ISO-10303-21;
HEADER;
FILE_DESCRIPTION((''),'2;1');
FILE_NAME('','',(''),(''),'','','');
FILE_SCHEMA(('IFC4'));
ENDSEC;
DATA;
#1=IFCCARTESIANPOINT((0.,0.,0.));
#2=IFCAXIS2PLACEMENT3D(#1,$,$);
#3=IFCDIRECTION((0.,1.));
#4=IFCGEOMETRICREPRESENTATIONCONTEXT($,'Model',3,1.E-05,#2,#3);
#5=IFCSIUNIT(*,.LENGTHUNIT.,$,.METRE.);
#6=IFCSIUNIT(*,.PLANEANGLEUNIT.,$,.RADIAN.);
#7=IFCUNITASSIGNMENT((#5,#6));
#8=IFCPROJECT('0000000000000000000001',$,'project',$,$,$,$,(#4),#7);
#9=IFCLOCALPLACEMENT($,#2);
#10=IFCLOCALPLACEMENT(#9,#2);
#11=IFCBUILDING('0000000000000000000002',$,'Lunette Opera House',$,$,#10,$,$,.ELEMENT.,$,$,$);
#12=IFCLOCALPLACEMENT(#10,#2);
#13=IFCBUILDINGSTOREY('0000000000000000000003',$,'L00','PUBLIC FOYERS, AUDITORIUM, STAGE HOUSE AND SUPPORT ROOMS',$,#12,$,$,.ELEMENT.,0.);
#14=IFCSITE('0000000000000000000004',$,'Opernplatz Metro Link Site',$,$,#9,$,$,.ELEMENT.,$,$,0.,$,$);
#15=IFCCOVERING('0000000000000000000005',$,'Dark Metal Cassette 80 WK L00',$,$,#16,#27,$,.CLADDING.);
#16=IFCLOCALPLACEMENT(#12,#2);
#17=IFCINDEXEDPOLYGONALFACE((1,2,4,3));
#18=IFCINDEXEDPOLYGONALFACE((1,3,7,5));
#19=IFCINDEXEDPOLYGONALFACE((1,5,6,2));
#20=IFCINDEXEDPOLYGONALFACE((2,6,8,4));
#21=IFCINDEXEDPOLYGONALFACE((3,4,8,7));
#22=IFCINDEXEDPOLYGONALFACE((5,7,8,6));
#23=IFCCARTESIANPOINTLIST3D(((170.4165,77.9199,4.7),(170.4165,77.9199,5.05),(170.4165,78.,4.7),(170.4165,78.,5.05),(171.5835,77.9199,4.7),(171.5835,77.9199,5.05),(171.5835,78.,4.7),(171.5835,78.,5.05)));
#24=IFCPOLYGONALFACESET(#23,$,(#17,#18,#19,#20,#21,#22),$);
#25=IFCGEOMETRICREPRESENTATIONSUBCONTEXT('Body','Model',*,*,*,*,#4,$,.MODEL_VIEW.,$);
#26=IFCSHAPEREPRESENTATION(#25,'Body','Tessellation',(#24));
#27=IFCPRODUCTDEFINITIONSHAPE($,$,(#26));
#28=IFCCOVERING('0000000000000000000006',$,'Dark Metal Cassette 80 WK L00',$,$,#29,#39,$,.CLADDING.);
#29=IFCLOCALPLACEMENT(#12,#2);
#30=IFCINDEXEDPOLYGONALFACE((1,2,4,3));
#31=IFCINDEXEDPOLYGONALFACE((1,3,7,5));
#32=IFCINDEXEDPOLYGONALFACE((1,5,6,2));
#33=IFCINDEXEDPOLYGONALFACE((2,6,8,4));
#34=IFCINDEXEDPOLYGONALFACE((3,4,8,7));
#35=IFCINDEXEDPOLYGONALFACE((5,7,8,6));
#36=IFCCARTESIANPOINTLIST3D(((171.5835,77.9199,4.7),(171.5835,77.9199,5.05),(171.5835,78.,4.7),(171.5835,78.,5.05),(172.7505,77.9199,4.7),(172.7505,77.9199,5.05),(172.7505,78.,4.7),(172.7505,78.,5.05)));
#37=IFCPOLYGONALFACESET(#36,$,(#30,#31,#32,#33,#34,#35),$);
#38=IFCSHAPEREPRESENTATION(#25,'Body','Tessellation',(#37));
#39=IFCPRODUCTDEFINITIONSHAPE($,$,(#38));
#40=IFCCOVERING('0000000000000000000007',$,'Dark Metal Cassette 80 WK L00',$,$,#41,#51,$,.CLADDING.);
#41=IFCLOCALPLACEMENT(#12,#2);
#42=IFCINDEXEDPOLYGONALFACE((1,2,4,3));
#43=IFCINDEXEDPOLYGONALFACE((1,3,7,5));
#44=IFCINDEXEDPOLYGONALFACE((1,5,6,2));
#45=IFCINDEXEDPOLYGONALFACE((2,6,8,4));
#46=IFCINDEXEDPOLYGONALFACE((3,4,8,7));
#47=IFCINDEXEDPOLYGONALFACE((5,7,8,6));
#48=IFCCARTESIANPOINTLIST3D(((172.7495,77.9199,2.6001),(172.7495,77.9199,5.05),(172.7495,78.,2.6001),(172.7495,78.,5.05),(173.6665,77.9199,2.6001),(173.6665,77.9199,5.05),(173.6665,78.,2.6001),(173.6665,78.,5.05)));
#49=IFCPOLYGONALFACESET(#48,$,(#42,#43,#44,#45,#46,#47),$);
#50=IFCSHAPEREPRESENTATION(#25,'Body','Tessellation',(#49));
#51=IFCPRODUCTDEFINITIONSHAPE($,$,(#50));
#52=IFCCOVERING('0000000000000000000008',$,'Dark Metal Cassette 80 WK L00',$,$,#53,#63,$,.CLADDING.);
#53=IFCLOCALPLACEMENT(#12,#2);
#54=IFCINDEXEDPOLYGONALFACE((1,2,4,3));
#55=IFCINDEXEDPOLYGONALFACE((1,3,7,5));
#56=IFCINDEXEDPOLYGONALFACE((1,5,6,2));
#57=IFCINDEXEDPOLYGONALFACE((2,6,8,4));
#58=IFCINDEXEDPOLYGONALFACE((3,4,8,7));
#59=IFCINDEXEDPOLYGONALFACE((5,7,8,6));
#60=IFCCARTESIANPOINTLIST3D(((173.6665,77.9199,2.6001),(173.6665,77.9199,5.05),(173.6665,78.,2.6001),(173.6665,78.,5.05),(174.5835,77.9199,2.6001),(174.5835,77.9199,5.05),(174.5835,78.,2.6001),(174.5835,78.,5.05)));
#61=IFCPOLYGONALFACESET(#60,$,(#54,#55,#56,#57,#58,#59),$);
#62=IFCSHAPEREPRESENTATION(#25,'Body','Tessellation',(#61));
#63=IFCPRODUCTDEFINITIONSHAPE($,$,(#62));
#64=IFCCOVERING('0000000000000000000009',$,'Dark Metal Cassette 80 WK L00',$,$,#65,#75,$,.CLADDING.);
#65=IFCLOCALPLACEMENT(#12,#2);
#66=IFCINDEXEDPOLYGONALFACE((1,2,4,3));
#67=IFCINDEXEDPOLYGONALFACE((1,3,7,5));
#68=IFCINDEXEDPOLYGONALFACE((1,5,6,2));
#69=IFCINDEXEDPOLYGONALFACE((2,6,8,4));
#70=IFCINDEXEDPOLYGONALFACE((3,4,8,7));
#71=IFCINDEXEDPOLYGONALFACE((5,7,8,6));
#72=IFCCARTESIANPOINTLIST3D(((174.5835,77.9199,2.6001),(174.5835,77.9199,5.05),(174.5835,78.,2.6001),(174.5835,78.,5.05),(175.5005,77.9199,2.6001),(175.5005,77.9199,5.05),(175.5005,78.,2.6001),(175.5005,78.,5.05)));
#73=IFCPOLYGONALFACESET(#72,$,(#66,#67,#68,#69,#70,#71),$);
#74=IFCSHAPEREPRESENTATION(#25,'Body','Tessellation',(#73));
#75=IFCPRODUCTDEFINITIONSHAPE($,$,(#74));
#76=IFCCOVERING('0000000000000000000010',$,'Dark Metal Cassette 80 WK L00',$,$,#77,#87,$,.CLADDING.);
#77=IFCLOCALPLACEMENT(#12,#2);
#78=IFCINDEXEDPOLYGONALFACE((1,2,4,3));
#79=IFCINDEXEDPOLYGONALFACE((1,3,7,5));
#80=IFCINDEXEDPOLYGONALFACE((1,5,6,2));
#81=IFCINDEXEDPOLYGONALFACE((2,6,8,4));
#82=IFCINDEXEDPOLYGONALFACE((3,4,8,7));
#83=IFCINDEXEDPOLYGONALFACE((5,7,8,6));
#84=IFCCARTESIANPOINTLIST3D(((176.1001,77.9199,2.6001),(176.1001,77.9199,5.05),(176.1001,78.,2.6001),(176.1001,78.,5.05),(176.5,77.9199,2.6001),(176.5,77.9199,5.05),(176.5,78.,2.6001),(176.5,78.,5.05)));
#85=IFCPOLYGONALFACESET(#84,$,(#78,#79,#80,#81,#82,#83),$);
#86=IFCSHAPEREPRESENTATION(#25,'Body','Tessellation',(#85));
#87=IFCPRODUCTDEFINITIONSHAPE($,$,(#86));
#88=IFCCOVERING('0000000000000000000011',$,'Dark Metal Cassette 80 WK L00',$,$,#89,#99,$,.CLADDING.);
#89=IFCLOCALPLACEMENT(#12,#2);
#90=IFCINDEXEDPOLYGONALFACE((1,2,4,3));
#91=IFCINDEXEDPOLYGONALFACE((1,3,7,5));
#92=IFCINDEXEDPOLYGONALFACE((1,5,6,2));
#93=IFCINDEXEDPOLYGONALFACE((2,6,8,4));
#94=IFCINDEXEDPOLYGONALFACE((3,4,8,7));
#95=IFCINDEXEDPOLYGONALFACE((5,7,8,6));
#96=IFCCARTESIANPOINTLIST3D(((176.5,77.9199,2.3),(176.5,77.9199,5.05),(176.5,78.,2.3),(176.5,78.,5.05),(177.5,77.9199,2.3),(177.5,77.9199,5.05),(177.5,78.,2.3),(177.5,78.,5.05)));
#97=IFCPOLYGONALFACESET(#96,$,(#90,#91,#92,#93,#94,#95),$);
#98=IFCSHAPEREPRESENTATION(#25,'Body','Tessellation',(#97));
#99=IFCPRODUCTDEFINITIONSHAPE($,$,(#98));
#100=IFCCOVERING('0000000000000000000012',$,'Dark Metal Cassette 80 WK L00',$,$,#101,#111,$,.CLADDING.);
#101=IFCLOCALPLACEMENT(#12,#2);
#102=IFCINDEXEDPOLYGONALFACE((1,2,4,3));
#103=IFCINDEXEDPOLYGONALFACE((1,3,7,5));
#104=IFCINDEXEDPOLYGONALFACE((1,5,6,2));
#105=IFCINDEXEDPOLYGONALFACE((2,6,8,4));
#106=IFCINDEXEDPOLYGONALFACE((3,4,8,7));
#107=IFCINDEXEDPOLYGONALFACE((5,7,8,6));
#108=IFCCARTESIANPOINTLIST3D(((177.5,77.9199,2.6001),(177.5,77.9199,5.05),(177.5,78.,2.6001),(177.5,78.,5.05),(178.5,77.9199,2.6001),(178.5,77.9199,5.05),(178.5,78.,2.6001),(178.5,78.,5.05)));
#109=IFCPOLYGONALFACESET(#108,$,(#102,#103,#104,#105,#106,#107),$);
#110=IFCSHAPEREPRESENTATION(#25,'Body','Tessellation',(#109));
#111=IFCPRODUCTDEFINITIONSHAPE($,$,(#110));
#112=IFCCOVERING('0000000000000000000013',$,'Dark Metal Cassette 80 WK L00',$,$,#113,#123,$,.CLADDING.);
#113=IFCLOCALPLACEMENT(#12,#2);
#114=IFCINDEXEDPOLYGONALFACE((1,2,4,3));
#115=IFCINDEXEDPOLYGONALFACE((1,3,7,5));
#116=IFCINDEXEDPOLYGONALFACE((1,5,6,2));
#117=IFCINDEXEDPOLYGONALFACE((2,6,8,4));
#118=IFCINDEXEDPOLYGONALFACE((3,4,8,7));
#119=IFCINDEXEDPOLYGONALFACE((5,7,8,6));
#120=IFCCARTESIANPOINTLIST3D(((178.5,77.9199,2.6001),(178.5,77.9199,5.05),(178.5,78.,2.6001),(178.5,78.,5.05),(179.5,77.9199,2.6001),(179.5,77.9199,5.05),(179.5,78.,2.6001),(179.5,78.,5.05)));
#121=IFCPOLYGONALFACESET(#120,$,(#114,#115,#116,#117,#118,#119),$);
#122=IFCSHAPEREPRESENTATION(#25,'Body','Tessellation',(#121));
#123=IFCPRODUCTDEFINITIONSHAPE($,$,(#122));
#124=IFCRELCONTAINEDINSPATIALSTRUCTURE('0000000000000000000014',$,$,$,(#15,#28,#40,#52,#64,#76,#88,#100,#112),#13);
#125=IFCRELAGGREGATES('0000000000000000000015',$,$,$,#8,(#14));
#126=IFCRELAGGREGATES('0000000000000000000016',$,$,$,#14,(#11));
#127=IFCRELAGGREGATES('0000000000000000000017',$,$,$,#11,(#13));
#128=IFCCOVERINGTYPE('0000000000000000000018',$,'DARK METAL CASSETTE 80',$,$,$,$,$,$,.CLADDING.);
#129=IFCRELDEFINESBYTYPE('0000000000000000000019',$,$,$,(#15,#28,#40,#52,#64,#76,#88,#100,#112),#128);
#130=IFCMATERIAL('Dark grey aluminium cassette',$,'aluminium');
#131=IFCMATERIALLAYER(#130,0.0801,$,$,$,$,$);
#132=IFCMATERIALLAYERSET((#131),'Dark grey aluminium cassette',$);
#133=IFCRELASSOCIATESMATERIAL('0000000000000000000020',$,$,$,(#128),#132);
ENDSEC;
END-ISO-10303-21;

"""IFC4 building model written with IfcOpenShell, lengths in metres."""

from ifc_helpers import new_model, si_unit, direction, frame, origin, origin_2d, place, context, subcontext, project, spatial, rectangle, extrude, material, layer, layer_set, type_object, element, save


model = new_model("IFC4")

# Units and contexts
model_context = context("Model", 3, precision=1e-05, world=origin(), true_north=direction((0.0, 1.0)))
body_context = subcontext(model_context, "Body", "Model", "MODEL_VIEW")
ifc_project = project(units=[si_unit("LENGTHUNIT", "METRE"), si_unit("PLANEANGLEUNIT", "RADIAN")], contexts=[model_context])

# Site, building, storey
site_placement = place(None, origin())
site = spatial("IfcSite", under=ifc_project, at=site_placement, Name="Opernplatz Metro Link Site", CompositionType="ELEMENT", RefElevation=0.0)
building_placement = place(site_placement, origin())
building = spatial("IfcBuilding", under=site, at=building_placement, Name="Lunette Opera House", CompositionType="ELEMENT")
storey_placement = place(building_placement, origin())
storey = spatial("IfcBuildingStorey", under=building, at=storey_placement, Name="L00", Description="PUBLIC FOYERS, AUDITORIUM, STAGE HOUSE AND SUPPORT ROOMS", CompositionType="ELEMENT", Elevation=0.0)

# Coverings
ifc_material_1 = material(Name="Dark grey aluminium cassette", Category="aluminium")
ifc_layer_1 = layer(ifc_material_1, 0.0801)
ifc_layer_set_1 = layer_set([ifc_layer_1], Name="Dark grey aluminium cassette")
covering_type_1 = type_object("IfcCoveringType", Name="DARK METAL CASSETTE 80", PredefinedType="CLADDING", material=ifc_layer_set_1)
for number, where, z_axis, x_axis, name in (
    (1, (171.0, 77.96, 4.7), (0.0, 0.0, 1.0), (1.0, 0.0, 0.0), "Dark Metal Cassette 80 WK L00"),
    (2, (172.167, 77.96, 4.7), (0.0, 0.0, 1.0), (1.0, 0.0, 0.0), "Dark Metal Cassette 80 WK L00"),
):
    element("IfcCovering", number, at=place(storey_placement, frame(where, z_axis=z_axis, x_axis=x_axis)), inside=storey, type_object=covering_type_1, Name=name, PredefinedType="CLADDING", context=body_context, shape_type="SweptSolid", body=[
        extrude(rectangle(XDim=1.167, YDim=0.0801, at=origin_2d()), origin(), (0.0, 0.0, 1.0), 0.3501),
    ])
for number, where, z_axis, x_axis, name in (
    (3, (173.208, 77.96, 2.6001), (0.0, 0.0, 1.0), (1.0, 0.0, 0.0), "Dark Metal Cassette 80 WK L00"),
    (4, (174.125, 77.96, 2.6001), (0.0, 0.0, 1.0), (1.0, 0.0, 0.0), "Dark Metal Cassette 80 WK L00"),
    (5, (175.042, 77.96, 2.6001), (0.0, 0.0, 1.0), (1.0, 0.0, 0.0), "Dark Metal Cassette 80 WK L00"),
):
    element("IfcCovering", number, at=place(storey_placement, frame(where, z_axis=z_axis, x_axis=x_axis)), inside=storey, type_object=covering_type_1, Name=name, PredefinedType="CLADDING", context=body_context, shape_type="SweptSolid", body=[
        extrude(rectangle(XDim=0.917, YDim=0.0801, at=origin_2d()), origin(), (0.0, 0.0, 1.0), 2.45),
    ])
covering_1_placement = place(storey_placement, frame((176.3, 77.96, 2.6001), z_axis=(0.0, 0.0, 1.0), x_axis=(1.0, 0.0, 0.0)))
element("IfcCovering", 6, at=covering_1_placement, inside=storey, type_object=covering_type_1, Name="Dark Metal Cassette 80 WK L00", PredefinedType="CLADDING", context=body_context, shape_type="SweptSolid", body=[
    extrude(rectangle(XDim=0.3999, YDim=0.0801, at=origin_2d()), origin(), (0.0, 0.0, 1.0), 2.45),
])
covering_2_placement = place(storey_placement, frame((177.0, 77.96, 2.3), z_axis=(0.0, 0.0, 1.0), x_axis=(1.0, 0.0, 0.0)))
element("IfcCovering", 7, at=covering_2_placement, inside=storey, type_object=covering_type_1, Name="Dark Metal Cassette 80 WK L00", PredefinedType="CLADDING", context=body_context, shape_type="SweptSolid", body=[
    extrude(rectangle(XDim=1.0, YDim=0.0801, at=origin_2d()), origin(), (0.0, 0.0, 1.0), 2.75),
])
for number, where, z_axis, x_axis, name in (
    (8, (178.0, 77.96, 2.6001), (0.0, 0.0, 1.0), (1.0, 0.0, 0.0), "Dark Metal Cassette 80 WK L00"),
    (9, (179.0, 77.96, 2.6001), (0.0, 0.0, 1.0), (1.0, 0.0, 0.0), "Dark Metal Cassette 80 WK L00"),
):
    element("IfcCovering", number, at=place(storey_placement, frame(where, z_axis=z_axis, x_axis=x_axis)), inside=storey, type_object=covering_type_1, Name=name, PredefinedType="CLADDING", context=body_context, shape_type="SweptSolid", body=[
        extrude(rectangle(XDim=1.0, YDim=0.0801, at=origin_2d()), origin(), (0.0, 0.0, 1.0), 2.45),
    ])

save(model, "model.ifc")
